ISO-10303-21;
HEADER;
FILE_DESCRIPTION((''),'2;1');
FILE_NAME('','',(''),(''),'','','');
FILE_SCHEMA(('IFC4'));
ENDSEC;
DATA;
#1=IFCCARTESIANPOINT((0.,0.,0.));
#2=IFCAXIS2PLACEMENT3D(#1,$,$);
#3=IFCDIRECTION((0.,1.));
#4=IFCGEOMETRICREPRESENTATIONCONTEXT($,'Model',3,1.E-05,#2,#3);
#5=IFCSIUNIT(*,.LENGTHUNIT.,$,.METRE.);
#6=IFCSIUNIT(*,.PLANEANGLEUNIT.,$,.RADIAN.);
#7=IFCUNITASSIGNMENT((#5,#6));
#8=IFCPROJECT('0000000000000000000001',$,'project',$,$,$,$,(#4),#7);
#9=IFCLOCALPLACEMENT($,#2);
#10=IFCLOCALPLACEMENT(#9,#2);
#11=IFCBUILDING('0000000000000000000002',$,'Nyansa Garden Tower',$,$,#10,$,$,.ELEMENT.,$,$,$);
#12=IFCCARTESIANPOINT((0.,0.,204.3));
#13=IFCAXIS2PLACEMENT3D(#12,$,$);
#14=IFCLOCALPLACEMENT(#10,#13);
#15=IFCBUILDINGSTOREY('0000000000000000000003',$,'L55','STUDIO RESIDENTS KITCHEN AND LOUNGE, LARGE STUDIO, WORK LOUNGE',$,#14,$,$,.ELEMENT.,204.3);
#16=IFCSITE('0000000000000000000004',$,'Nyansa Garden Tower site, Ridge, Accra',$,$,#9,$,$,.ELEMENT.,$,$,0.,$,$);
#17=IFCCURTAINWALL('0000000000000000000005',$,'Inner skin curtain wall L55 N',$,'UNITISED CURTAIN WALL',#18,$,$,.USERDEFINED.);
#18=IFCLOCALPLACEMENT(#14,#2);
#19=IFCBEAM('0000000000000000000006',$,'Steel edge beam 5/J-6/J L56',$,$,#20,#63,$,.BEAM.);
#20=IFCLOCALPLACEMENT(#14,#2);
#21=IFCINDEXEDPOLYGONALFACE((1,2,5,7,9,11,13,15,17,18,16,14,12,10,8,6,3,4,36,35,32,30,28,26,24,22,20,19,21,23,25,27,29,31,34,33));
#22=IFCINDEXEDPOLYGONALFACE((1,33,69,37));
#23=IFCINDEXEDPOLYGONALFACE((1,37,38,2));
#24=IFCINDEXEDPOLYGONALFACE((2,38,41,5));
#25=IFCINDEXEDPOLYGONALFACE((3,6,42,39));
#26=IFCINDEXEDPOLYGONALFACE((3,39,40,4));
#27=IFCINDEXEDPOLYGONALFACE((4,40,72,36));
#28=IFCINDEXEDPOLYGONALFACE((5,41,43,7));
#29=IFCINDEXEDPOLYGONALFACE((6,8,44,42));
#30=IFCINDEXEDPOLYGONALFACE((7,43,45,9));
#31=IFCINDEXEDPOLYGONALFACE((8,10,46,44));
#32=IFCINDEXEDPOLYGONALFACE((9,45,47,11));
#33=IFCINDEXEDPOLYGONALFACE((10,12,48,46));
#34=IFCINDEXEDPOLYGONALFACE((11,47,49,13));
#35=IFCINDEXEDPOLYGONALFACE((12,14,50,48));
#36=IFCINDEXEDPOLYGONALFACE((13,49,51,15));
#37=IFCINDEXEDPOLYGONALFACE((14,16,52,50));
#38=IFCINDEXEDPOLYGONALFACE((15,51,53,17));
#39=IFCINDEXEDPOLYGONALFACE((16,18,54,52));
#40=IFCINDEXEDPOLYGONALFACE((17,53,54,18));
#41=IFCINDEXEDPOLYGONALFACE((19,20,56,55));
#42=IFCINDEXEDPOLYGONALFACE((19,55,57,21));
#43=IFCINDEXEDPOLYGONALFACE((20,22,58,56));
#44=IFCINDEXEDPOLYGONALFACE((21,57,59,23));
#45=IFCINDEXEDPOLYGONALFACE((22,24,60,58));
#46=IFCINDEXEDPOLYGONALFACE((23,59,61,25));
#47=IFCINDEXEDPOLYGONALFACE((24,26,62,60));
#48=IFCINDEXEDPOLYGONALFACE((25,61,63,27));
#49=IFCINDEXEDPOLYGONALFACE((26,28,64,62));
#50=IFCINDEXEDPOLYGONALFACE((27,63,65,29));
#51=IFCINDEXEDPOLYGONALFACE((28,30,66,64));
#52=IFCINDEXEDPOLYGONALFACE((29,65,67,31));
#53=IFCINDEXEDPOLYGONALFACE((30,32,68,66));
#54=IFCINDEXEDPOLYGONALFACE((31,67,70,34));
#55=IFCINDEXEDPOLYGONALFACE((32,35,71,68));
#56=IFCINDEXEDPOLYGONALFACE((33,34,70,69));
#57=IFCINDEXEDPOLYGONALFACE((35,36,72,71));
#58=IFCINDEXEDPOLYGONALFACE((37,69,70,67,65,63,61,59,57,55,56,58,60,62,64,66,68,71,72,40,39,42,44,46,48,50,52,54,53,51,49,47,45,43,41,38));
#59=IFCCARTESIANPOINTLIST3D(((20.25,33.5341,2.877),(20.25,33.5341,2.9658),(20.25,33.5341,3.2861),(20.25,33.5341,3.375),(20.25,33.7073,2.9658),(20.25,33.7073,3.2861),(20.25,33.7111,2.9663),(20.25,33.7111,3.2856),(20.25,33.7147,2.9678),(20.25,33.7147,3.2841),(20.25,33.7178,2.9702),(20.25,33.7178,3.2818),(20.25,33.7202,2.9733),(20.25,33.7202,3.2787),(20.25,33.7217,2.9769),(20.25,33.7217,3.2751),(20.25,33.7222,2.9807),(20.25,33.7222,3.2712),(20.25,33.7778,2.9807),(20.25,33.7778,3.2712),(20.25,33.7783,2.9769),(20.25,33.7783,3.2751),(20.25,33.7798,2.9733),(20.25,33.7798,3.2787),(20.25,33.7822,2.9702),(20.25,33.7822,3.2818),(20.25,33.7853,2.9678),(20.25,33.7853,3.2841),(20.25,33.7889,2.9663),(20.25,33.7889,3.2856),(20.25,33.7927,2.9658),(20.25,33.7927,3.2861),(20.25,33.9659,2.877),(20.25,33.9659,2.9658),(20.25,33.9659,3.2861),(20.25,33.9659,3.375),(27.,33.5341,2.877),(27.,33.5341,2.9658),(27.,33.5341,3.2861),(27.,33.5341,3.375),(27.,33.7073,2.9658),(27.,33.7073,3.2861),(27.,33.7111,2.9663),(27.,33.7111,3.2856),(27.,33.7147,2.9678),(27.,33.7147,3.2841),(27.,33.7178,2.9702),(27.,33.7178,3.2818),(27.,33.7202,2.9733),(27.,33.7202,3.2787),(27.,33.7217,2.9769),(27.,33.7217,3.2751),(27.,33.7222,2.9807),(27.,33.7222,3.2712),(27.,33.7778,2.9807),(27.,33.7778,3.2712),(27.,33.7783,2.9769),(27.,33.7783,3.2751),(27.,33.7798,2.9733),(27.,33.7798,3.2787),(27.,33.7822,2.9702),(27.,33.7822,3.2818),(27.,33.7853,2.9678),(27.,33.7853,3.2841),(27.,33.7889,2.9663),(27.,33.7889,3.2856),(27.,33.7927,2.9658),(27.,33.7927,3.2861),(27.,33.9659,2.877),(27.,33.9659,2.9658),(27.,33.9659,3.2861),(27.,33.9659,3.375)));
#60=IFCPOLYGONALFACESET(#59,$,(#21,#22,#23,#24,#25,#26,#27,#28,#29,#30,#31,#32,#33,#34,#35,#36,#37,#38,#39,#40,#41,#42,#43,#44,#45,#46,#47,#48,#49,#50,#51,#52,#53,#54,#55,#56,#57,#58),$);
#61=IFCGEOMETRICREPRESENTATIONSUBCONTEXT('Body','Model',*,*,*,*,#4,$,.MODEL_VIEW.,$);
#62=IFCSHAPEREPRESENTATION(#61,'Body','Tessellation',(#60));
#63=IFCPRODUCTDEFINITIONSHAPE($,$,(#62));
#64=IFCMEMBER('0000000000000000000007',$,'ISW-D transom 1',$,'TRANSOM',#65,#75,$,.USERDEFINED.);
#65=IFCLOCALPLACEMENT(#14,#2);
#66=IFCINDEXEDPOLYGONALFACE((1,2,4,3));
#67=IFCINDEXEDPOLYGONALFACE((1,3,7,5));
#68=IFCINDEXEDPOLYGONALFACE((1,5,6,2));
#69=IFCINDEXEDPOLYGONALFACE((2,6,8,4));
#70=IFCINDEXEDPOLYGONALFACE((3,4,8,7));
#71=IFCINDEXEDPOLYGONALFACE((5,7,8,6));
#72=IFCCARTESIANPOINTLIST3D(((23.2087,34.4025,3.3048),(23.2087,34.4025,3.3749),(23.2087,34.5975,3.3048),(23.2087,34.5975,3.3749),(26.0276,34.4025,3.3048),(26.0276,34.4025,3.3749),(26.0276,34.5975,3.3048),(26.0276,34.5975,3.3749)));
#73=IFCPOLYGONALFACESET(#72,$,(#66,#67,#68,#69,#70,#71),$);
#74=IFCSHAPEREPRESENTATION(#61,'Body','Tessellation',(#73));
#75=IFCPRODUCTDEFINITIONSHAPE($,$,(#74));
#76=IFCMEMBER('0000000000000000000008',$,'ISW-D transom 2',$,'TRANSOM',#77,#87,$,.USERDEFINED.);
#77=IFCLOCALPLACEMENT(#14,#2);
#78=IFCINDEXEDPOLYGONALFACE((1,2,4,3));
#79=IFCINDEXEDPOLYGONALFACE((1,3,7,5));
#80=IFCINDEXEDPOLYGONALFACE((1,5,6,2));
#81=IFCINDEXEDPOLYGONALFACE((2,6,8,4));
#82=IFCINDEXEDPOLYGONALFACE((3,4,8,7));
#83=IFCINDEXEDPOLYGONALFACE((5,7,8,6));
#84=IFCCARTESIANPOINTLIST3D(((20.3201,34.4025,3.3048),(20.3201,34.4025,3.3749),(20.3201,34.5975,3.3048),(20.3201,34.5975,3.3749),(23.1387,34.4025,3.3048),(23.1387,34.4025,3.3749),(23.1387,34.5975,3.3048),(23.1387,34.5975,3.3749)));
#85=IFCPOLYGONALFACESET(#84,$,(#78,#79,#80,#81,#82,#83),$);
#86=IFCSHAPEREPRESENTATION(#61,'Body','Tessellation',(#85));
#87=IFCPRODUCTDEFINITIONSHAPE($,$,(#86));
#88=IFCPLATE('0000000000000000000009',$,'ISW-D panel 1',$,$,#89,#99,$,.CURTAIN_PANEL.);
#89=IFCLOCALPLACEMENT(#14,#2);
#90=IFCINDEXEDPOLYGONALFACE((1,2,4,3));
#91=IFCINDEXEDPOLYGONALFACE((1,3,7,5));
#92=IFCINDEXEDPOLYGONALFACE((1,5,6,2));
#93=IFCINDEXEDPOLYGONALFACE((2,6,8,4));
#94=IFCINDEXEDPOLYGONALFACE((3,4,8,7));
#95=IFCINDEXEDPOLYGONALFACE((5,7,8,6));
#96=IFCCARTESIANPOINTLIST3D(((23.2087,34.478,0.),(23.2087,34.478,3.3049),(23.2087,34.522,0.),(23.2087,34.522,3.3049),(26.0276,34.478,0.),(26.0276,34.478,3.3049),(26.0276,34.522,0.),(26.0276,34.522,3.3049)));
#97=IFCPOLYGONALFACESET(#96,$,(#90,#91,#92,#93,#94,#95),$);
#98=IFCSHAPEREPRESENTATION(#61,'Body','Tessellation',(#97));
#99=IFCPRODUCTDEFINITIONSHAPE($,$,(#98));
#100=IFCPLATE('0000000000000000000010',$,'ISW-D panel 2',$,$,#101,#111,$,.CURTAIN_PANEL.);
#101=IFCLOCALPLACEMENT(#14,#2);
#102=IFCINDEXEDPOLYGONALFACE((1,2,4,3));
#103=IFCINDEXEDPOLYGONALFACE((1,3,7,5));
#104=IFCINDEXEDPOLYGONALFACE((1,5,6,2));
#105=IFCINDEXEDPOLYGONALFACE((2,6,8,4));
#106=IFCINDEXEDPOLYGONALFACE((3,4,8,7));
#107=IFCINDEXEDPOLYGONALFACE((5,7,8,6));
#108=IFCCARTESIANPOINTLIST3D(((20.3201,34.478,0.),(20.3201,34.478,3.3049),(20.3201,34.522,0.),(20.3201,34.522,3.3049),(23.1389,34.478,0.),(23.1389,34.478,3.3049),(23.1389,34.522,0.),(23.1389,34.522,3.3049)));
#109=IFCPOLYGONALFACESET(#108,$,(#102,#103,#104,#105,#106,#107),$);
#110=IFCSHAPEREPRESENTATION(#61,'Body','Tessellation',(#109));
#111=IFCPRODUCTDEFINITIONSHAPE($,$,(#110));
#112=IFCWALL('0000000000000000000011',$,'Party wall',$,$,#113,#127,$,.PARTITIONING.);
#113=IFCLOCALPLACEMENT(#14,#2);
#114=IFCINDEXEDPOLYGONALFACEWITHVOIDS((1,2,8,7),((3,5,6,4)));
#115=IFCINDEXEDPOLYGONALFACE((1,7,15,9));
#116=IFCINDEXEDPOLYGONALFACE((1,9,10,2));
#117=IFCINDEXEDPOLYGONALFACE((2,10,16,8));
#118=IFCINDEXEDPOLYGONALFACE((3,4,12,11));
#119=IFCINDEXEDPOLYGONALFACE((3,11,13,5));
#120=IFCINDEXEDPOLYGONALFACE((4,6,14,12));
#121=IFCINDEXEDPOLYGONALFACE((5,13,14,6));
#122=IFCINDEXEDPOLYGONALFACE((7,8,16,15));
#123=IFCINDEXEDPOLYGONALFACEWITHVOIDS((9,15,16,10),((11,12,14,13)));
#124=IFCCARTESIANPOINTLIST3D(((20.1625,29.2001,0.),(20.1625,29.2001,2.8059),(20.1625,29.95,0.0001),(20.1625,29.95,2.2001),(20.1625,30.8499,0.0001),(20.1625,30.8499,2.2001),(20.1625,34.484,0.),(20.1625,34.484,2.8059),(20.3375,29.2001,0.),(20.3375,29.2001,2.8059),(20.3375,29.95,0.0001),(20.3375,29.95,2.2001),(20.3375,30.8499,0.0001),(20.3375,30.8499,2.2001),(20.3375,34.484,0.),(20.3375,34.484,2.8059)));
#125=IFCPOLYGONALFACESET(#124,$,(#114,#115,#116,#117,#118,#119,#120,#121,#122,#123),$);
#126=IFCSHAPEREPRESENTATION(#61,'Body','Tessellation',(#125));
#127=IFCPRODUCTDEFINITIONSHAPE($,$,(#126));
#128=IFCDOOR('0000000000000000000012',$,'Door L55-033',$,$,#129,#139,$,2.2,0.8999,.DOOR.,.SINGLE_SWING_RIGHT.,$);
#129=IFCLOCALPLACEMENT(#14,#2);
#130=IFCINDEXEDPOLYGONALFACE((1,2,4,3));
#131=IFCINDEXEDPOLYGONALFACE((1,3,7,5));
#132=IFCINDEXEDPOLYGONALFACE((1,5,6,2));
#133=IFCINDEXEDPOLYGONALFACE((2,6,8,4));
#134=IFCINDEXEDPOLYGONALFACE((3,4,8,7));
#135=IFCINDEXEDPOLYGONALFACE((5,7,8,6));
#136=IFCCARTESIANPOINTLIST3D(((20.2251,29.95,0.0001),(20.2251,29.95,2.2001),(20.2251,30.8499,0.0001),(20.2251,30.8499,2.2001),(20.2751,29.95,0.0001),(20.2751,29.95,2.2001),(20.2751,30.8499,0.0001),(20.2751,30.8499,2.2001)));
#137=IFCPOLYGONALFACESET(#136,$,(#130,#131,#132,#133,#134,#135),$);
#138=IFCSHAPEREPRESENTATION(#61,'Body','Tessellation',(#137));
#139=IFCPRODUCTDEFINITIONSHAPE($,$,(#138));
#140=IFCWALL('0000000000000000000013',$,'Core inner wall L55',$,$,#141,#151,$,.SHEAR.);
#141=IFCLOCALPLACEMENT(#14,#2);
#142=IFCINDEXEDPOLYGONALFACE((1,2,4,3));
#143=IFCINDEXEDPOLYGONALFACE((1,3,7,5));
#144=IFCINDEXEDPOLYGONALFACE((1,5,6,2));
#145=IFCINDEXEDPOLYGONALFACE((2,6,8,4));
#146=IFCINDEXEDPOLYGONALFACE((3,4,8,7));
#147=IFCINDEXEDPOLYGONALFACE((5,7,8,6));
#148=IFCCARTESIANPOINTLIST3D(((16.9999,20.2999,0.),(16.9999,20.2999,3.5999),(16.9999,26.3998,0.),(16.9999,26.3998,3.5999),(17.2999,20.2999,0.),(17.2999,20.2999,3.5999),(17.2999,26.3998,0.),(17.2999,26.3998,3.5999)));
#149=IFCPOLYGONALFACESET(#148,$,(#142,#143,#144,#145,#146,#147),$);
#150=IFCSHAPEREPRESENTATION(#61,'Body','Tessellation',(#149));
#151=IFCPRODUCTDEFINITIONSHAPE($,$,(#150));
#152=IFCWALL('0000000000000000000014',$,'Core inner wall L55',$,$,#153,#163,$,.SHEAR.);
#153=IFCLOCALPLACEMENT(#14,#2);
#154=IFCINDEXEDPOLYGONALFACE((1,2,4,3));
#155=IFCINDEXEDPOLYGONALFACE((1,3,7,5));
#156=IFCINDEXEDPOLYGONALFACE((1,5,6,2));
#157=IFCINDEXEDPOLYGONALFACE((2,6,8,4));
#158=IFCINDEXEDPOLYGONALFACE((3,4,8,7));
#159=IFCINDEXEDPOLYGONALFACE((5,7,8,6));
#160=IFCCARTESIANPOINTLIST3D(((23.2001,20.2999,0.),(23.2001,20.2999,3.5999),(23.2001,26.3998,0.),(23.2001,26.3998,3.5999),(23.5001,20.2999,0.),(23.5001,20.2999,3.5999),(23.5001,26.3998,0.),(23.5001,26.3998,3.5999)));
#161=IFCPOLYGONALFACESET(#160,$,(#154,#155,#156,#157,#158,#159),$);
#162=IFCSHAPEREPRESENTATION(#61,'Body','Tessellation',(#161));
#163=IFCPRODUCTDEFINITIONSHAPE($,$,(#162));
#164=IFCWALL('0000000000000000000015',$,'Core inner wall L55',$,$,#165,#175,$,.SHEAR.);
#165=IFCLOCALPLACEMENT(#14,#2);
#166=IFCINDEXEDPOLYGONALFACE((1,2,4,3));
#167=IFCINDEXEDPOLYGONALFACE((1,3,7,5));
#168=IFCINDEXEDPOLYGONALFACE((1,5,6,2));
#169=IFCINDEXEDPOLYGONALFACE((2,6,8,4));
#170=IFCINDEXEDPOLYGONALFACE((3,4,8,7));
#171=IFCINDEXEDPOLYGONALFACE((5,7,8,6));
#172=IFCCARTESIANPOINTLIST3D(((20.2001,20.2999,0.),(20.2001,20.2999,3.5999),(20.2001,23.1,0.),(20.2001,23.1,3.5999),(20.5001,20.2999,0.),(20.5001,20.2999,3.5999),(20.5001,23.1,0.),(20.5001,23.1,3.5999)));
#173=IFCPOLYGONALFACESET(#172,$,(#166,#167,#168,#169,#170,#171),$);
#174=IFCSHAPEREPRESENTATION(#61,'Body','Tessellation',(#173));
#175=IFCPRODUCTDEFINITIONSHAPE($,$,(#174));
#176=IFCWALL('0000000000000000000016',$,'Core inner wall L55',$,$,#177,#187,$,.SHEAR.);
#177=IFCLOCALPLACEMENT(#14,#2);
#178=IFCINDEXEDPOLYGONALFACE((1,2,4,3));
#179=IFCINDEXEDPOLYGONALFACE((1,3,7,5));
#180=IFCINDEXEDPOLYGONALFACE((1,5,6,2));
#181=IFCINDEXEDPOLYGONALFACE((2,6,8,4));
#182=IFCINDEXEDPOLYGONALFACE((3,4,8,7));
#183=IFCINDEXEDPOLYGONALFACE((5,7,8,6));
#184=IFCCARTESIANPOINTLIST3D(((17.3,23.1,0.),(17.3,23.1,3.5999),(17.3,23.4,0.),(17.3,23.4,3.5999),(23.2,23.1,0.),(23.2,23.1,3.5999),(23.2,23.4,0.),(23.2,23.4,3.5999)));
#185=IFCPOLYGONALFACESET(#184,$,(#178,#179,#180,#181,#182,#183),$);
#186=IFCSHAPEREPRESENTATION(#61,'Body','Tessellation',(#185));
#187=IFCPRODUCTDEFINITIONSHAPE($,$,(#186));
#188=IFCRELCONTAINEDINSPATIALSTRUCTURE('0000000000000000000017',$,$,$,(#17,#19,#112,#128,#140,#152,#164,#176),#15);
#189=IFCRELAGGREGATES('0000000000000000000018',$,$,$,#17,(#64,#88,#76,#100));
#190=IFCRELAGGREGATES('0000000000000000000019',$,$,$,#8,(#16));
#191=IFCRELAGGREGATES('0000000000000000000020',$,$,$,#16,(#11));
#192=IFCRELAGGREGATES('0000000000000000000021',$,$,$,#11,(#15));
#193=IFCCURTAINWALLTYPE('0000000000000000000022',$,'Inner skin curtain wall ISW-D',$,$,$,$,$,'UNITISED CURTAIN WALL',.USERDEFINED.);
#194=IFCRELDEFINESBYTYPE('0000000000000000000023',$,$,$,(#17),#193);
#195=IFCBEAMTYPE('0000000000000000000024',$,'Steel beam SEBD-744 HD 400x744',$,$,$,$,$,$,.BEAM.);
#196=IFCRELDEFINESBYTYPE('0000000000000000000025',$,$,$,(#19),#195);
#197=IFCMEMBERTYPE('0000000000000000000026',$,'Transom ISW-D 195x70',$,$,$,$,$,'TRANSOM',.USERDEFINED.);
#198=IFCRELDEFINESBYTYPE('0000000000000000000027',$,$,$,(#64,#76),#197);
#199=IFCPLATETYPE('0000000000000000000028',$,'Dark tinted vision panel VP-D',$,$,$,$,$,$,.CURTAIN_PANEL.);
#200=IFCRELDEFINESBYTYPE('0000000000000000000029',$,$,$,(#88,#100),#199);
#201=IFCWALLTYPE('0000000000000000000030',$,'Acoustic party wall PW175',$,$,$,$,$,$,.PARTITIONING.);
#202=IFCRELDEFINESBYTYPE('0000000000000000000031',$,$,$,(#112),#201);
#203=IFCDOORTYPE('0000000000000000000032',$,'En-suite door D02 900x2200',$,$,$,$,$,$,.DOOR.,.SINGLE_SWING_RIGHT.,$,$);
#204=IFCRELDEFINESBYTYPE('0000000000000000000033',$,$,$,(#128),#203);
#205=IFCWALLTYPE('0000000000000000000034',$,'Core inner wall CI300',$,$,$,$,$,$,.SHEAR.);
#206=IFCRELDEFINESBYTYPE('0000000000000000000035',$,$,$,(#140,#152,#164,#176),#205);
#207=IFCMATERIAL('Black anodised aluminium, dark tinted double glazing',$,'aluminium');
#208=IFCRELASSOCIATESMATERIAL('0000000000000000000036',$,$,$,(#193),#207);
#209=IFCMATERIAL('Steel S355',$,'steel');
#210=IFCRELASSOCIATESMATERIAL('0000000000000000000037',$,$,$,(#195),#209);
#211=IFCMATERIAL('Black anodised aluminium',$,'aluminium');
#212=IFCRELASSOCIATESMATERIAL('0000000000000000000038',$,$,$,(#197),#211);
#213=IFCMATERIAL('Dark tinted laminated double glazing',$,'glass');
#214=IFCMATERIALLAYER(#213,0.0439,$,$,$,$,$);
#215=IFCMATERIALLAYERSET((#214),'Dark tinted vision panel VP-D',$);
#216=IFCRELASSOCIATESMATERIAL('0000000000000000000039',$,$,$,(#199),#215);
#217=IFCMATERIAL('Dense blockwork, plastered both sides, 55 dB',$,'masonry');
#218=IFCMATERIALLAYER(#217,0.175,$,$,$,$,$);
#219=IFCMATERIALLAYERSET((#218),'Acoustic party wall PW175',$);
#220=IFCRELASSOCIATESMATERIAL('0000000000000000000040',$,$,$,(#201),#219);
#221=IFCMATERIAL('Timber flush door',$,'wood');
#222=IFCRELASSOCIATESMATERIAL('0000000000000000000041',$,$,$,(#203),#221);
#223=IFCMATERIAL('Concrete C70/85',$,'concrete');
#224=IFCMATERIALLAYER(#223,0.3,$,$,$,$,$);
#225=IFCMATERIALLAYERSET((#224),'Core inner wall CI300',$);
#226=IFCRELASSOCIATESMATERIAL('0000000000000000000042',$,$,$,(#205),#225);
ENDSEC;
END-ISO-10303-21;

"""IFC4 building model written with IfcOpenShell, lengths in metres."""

from ifc_helpers import new_model, si_unit, direction, frame, frame_2d, origin, origin_2d, place, context, subcontext, project, spatial, rectangle, i_section, extrude, material, layer, layer_set, material_profile, profile_set, type_object, element, fill, aggregate, save


model = new_model("IFC4")

# Units and contexts
model_context = context("Model", 3, precision=1e-05, world=origin(), true_north=direction((0.0, 1.0)))
body_context = subcontext(model_context, "Body", "Model", "MODEL_VIEW")
ifc_project = project(units=[si_unit("LENGTHUNIT", "METRE"), si_unit("PLANEANGLEUNIT", "RADIAN")], contexts=[model_context])

# Site, building, storey
site_placement = place(None, origin())
site = spatial("IfcSite", under=ifc_project, at=site_placement, Name="Nyansa Garden Tower site, Ridge, Accra", CompositionType="ELEMENT", RefElevation=0.0)
building_placement = place(site_placement, origin())
building = spatial("IfcBuilding", under=site, at=building_placement, Name="Nyansa Garden Tower", CompositionType="ELEMENT")
storey_placement = place(building_placement, frame((0.0, 0.0, 204.3)))
storey = spatial("IfcBuildingStorey", under=building, at=storey_placement, Name="L55", Description="STUDIO RESIDENTS KITCHEN AND LOUNGE, LARGE STUDIO, WORK LOUNGE", CompositionType="ELEMENT", Elevation=204.3)

# Curtain wall
ifc_material_1 = material(Name="Black anodised aluminium, dark tinted double glazing", Category="aluminium")
curtain_wall_type = type_object("IfcCurtainWallType", Name="Inner skin curtain wall ISW-D", ElementType="UNITISED CURTAIN WALL", PredefinedType="USERDEFINED", material=ifc_material_1)
curtain_wall_placement = place(storey_placement, origin())
curtain_wall = element("IfcCurtainWall", 1, at=curtain_wall_placement, inside=storey, type_object=curtain_wall_type, Name="Inner skin curtain wall L55 N", ObjectType="UNITISED CURTAIN WALL", PredefinedType="USERDEFINED")

# Beam
ifc_material_2 = material(Name="Steel S355", Category="steel")
ifc_material_profile_1 = material_profile(ifc_material_2, i_section(OverallWidth=0.4319, OverallDepth=0.498, WebThickness=0.0557, FlangeThickness=0.0889, FilletRadius=0.0149, at=origin_2d()), Name="HD 400x744")
ifc_profile_set_1 = profile_set([ifc_material_profile_1], Name="Steel S355")
beam_type_1 = type_object("IfcBeamType", Name="Steel beam SEBD-744 HD 400x744", PredefinedType="BEAM", material=ifc_profile_set_1)
beam_1_placement = place(storey_placement, frame((20.25, 33.75, 3.126), z_axis=(1.0, 0.0, 0.0), x_axis=(0.0, 1.0, 0.0)))
element("IfcBeam", 2, at=beam_1_placement, inside=storey, type_object=beam_type_1, Name="Steel edge beam 5/J-6/J L56", PredefinedType="BEAM", context=body_context, shape_type="SweptSolid", body=[
    extrude(i_section(OverallWidth=0.4319, OverallDepth=0.498, WebThickness=0.0557, FlangeThickness=0.0889, FilletRadius=0.0149, at=origin_2d()), origin(), (0.0, 0.0, 1.0), 6.75),
])

# Members
ifc_material_3 = material(Name="Black anodised aluminium", Category="aluminium")
ifc_material_profile_2 = material_profile(ifc_material_3, rectangle(XDim=0.1951, YDim=0.0701, at=origin_2d()), Name="Transom 195x70")
ifc_profile_set_2 = profile_set([ifc_material_profile_2], Name="Black anodised aluminium")
member_type_1 = type_object("IfcMemberType", Name="Transom ISW-D 195x70", ElementType="TRANSOM", PredefinedType="USERDEFINED", material=ifc_profile_set_2)
member_1_placement = place(storey_placement, frame((26.0276, 34.5, 3.3398), z_axis=(-1.0, 0.0, 0.0), x_axis=(0.0, -1.0, 0.0)))
member_1 = element("IfcMember", 3, at=member_1_placement, type_object=member_type_1, Name="ISW-D transom 1", ObjectType="TRANSOM", PredefinedType="USERDEFINED", context=body_context, shape_type="SweptSolid", body=[
    extrude(rectangle(XDim=0.1951, YDim=0.0701, at=origin_2d()), origin(), (0.0, 0.0, 1.0), 2.8188),
])
member_2_placement = place(storey_placement, frame((23.1387, 34.5, 3.3398), z_axis=(-1.0, 0.0, 0.0), x_axis=(0.0, -1.0, 0.0)))
member_2 = element("IfcMember", 4, at=member_2_placement, type_object=member_type_1, Name="ISW-D transom 2", ObjectType="TRANSOM", PredefinedType="USERDEFINED", context=body_context, shape_type="SweptSolid", body=[
    extrude(rectangle(XDim=0.1951, YDim=0.0701, at=origin_2d()), origin(), (0.0, 0.0, 1.0), 2.8186),
])

# Plates
ifc_material_4 = material(Name="Dark tinted laminated double glazing", Category="glass")
ifc_layer_1 = layer(ifc_material_4, 0.0439)
ifc_layer_set_1 = layer_set([ifc_layer_1], Name="Dark tinted vision panel VP-D")
plate_type = type_object("IfcPlateType", Name="Dark tinted vision panel VP-D", PredefinedType="CURTAIN_PANEL", material=ifc_layer_set_1)
plate_1_placement = place(storey_placement, frame((24.6182, 34.5, 0.0), z_axis=(0.0, 0.0, 1.0), x_axis=(-1.0, 0.0, 0.0)))
plate_1 = element("IfcPlate", 5, at=plate_1_placement, type_object=plate_type, Name="ISW-D panel 1", PredefinedType="CURTAIN_PANEL", context=body_context, shape_type="SweptSolid", body=[
    extrude(rectangle(XDim=2.8188, YDim=0.0439, at=origin_2d()), origin(), (0.0, 0.0, 1.0), 3.3049),
])
plate_2_placement = place(storey_placement, frame((21.7295, 34.5, 0.0), z_axis=(0.0, 0.0, 1.0), x_axis=(-1.0, 0.0, 0.0)))
plate_2 = element("IfcPlate", 6, at=plate_2_placement, type_object=plate_type, Name="ISW-D panel 2", PredefinedType="CURTAIN_PANEL", context=body_context, shape_type="SweptSolid", body=[
    extrude(rectangle(XDim=2.8188, YDim=0.0439, at=origin_2d()), origin(), (0.0, 0.0, 1.0), 3.3049),
])
aggregate(curtain_wall, [member_1, plate_1, member_2, plate_2])

# Wall, opening, door
ifc_material_5 = material(Name="Dense blockwork, plastered both sides, 55 dB", Category="masonry")
ifc_layer_2 = layer(ifc_material_5, 0.175)
ifc_layer_set_2 = layer_set([ifc_layer_2], Name="Acoustic party wall PW175")
wall_type_1 = type_object("IfcWallType", Name="Acoustic party wall PW175", PredefinedType="PARTITIONING", material=ifc_layer_set_2)
wall_1_placement = place(storey_placement, frame((20.25, 29.2, 0.0), z_axis=(0.0, 0.0, 1.0), x_axis=(0.0, 1.0, 0.0)))
wall_1 = element("IfcWall", 7, at=wall_1_placement, inside=storey, type_object=wall_type_1, Name="Party wall", PredefinedType="PARTITIONING", context=body_context, shape_type="SweptSolid", body=[
    extrude(rectangle(XDim=5.2839, YDim=0.175, at=frame_2d((2.6421, 0.0))), origin(), (0.0, 0.0, 1.0), 2.8059),
])
opening_placement = place(wall_1_placement, frame((0.75, 0.0, 0.0)))
opening = element("IfcOpeningElement", 8, at=opening_placement, cuts=wall_1, PredefinedType="OPENING", context=body_context, shape_type="SweptSolid", body=[
    extrude(rectangle(XDim=0.8999, YDim=2.2, at=frame_2d((0.45, 1.1001))), frame((0.0, 0.0974, 0.0), z_axis=(0.0, -1.0, 0.0), x_axis=(1.0, 0.0, 0.0)), (0.0, 0.0, 1.0), 0.1951),
])
ifc_material_6 = material(Name="Timber flush door", Category="wood")
door_type = type_object("IfcDoorType", Name="En-suite door D02 900x2200", OperationType="SINGLE_SWING_RIGHT", PredefinedType="DOOR", material=ifc_material_6)
door_placement = place(opening_placement, origin())
door = element("IfcDoor", 9, at=door_placement, inside=storey, type_object=door_type, Name="Door L55-033", OperationType="SINGLE_SWING_RIGHT", OverallHeight=2.2, OverallWidth=0.8999, PredefinedType="DOOR", context=body_context, shape_type="SweptSolid", body=[
    extrude(rectangle(XDim=0.8999, YDim=2.2, at=frame_2d((0.45, 1.1001))), frame((0.0, 0.0249, 0.0), z_axis=(0.0, -1.0, 0.0), x_axis=(1.0, 0.0, 0.0)), (0.0, 0.0, 1.0), 0.05),
])
fill(opening, door)

# Walls
ifc_material_7 = material(Name="Concrete C70/85", Category="concrete")
ifc_layer_3 = layer(ifc_material_7, 0.3)
ifc_layer_set_3 = layer_set([ifc_layer_3], Name="Core inner wall CI300")
wall_type_2 = type_object("IfcWallType", Name="Core inner wall CI300", PredefinedType="SHEAR", material=ifc_layer_set_3)
for number, where, z_axis, x_axis, name in (
    (10, (17.1499, 20.3, 0.0), (0.0, 0.0, 1.0), (0.0, 1.0, 0.0), "Core inner wall L55"),
    (11, (23.3501, 20.3, 0.0), (0.0, 0.0, 1.0), (0.0, 1.0, 0.0), "Core inner wall L55"),
):
    element("IfcWall", number, at=place(storey_placement, frame(where, z_axis=z_axis, x_axis=x_axis)), inside=storey, type_object=wall_type_2, Name=name, PredefinedType="SHEAR", context=body_context, shape_type="SweptSolid", body=[
        extrude(rectangle(XDim=6.0999, YDim=0.3, at=frame_2d((3.0498, 0.0))), origin(), (0.0, 0.0, 1.0), 3.5999),
    ])
wall_2_placement = place(storey_placement, frame((20.3501, 20.3, 0.0), z_axis=(0.0, 0.0, 1.0), x_axis=(0.0, 1.0, 0.0)))
element("IfcWall", 12, at=wall_2_placement, inside=storey, type_object=wall_type_2, Name="Core inner wall L55", PredefinedType="SHEAR", context=body_context, shape_type="SweptSolid", body=[
    extrude(rectangle(XDim=2.8, YDim=0.3, at=frame_2d((1.3999, 0.0))), origin(), (0.0, 0.0, 1.0), 3.5999),
])
wall_3_placement = place(storey_placement, frame((17.3, 23.25, 0.0), z_axis=(0.0, 0.0, 1.0), x_axis=(1.0, 0.0, 0.0)))
element("IfcWall", 13, at=wall_3_placement, inside=storey, type_object=wall_type_2, Name="Core inner wall L55", PredefinedType="SHEAR", context=body_context, shape_type="SweptSolid", body=[
    extrude(rectangle(XDim=5.8999, YDim=0.3, at=frame_2d((2.95, 0.0))), origin(), (0.0, 0.0, 1.0), 3.5999),
])

save(model, "model.ifc")
